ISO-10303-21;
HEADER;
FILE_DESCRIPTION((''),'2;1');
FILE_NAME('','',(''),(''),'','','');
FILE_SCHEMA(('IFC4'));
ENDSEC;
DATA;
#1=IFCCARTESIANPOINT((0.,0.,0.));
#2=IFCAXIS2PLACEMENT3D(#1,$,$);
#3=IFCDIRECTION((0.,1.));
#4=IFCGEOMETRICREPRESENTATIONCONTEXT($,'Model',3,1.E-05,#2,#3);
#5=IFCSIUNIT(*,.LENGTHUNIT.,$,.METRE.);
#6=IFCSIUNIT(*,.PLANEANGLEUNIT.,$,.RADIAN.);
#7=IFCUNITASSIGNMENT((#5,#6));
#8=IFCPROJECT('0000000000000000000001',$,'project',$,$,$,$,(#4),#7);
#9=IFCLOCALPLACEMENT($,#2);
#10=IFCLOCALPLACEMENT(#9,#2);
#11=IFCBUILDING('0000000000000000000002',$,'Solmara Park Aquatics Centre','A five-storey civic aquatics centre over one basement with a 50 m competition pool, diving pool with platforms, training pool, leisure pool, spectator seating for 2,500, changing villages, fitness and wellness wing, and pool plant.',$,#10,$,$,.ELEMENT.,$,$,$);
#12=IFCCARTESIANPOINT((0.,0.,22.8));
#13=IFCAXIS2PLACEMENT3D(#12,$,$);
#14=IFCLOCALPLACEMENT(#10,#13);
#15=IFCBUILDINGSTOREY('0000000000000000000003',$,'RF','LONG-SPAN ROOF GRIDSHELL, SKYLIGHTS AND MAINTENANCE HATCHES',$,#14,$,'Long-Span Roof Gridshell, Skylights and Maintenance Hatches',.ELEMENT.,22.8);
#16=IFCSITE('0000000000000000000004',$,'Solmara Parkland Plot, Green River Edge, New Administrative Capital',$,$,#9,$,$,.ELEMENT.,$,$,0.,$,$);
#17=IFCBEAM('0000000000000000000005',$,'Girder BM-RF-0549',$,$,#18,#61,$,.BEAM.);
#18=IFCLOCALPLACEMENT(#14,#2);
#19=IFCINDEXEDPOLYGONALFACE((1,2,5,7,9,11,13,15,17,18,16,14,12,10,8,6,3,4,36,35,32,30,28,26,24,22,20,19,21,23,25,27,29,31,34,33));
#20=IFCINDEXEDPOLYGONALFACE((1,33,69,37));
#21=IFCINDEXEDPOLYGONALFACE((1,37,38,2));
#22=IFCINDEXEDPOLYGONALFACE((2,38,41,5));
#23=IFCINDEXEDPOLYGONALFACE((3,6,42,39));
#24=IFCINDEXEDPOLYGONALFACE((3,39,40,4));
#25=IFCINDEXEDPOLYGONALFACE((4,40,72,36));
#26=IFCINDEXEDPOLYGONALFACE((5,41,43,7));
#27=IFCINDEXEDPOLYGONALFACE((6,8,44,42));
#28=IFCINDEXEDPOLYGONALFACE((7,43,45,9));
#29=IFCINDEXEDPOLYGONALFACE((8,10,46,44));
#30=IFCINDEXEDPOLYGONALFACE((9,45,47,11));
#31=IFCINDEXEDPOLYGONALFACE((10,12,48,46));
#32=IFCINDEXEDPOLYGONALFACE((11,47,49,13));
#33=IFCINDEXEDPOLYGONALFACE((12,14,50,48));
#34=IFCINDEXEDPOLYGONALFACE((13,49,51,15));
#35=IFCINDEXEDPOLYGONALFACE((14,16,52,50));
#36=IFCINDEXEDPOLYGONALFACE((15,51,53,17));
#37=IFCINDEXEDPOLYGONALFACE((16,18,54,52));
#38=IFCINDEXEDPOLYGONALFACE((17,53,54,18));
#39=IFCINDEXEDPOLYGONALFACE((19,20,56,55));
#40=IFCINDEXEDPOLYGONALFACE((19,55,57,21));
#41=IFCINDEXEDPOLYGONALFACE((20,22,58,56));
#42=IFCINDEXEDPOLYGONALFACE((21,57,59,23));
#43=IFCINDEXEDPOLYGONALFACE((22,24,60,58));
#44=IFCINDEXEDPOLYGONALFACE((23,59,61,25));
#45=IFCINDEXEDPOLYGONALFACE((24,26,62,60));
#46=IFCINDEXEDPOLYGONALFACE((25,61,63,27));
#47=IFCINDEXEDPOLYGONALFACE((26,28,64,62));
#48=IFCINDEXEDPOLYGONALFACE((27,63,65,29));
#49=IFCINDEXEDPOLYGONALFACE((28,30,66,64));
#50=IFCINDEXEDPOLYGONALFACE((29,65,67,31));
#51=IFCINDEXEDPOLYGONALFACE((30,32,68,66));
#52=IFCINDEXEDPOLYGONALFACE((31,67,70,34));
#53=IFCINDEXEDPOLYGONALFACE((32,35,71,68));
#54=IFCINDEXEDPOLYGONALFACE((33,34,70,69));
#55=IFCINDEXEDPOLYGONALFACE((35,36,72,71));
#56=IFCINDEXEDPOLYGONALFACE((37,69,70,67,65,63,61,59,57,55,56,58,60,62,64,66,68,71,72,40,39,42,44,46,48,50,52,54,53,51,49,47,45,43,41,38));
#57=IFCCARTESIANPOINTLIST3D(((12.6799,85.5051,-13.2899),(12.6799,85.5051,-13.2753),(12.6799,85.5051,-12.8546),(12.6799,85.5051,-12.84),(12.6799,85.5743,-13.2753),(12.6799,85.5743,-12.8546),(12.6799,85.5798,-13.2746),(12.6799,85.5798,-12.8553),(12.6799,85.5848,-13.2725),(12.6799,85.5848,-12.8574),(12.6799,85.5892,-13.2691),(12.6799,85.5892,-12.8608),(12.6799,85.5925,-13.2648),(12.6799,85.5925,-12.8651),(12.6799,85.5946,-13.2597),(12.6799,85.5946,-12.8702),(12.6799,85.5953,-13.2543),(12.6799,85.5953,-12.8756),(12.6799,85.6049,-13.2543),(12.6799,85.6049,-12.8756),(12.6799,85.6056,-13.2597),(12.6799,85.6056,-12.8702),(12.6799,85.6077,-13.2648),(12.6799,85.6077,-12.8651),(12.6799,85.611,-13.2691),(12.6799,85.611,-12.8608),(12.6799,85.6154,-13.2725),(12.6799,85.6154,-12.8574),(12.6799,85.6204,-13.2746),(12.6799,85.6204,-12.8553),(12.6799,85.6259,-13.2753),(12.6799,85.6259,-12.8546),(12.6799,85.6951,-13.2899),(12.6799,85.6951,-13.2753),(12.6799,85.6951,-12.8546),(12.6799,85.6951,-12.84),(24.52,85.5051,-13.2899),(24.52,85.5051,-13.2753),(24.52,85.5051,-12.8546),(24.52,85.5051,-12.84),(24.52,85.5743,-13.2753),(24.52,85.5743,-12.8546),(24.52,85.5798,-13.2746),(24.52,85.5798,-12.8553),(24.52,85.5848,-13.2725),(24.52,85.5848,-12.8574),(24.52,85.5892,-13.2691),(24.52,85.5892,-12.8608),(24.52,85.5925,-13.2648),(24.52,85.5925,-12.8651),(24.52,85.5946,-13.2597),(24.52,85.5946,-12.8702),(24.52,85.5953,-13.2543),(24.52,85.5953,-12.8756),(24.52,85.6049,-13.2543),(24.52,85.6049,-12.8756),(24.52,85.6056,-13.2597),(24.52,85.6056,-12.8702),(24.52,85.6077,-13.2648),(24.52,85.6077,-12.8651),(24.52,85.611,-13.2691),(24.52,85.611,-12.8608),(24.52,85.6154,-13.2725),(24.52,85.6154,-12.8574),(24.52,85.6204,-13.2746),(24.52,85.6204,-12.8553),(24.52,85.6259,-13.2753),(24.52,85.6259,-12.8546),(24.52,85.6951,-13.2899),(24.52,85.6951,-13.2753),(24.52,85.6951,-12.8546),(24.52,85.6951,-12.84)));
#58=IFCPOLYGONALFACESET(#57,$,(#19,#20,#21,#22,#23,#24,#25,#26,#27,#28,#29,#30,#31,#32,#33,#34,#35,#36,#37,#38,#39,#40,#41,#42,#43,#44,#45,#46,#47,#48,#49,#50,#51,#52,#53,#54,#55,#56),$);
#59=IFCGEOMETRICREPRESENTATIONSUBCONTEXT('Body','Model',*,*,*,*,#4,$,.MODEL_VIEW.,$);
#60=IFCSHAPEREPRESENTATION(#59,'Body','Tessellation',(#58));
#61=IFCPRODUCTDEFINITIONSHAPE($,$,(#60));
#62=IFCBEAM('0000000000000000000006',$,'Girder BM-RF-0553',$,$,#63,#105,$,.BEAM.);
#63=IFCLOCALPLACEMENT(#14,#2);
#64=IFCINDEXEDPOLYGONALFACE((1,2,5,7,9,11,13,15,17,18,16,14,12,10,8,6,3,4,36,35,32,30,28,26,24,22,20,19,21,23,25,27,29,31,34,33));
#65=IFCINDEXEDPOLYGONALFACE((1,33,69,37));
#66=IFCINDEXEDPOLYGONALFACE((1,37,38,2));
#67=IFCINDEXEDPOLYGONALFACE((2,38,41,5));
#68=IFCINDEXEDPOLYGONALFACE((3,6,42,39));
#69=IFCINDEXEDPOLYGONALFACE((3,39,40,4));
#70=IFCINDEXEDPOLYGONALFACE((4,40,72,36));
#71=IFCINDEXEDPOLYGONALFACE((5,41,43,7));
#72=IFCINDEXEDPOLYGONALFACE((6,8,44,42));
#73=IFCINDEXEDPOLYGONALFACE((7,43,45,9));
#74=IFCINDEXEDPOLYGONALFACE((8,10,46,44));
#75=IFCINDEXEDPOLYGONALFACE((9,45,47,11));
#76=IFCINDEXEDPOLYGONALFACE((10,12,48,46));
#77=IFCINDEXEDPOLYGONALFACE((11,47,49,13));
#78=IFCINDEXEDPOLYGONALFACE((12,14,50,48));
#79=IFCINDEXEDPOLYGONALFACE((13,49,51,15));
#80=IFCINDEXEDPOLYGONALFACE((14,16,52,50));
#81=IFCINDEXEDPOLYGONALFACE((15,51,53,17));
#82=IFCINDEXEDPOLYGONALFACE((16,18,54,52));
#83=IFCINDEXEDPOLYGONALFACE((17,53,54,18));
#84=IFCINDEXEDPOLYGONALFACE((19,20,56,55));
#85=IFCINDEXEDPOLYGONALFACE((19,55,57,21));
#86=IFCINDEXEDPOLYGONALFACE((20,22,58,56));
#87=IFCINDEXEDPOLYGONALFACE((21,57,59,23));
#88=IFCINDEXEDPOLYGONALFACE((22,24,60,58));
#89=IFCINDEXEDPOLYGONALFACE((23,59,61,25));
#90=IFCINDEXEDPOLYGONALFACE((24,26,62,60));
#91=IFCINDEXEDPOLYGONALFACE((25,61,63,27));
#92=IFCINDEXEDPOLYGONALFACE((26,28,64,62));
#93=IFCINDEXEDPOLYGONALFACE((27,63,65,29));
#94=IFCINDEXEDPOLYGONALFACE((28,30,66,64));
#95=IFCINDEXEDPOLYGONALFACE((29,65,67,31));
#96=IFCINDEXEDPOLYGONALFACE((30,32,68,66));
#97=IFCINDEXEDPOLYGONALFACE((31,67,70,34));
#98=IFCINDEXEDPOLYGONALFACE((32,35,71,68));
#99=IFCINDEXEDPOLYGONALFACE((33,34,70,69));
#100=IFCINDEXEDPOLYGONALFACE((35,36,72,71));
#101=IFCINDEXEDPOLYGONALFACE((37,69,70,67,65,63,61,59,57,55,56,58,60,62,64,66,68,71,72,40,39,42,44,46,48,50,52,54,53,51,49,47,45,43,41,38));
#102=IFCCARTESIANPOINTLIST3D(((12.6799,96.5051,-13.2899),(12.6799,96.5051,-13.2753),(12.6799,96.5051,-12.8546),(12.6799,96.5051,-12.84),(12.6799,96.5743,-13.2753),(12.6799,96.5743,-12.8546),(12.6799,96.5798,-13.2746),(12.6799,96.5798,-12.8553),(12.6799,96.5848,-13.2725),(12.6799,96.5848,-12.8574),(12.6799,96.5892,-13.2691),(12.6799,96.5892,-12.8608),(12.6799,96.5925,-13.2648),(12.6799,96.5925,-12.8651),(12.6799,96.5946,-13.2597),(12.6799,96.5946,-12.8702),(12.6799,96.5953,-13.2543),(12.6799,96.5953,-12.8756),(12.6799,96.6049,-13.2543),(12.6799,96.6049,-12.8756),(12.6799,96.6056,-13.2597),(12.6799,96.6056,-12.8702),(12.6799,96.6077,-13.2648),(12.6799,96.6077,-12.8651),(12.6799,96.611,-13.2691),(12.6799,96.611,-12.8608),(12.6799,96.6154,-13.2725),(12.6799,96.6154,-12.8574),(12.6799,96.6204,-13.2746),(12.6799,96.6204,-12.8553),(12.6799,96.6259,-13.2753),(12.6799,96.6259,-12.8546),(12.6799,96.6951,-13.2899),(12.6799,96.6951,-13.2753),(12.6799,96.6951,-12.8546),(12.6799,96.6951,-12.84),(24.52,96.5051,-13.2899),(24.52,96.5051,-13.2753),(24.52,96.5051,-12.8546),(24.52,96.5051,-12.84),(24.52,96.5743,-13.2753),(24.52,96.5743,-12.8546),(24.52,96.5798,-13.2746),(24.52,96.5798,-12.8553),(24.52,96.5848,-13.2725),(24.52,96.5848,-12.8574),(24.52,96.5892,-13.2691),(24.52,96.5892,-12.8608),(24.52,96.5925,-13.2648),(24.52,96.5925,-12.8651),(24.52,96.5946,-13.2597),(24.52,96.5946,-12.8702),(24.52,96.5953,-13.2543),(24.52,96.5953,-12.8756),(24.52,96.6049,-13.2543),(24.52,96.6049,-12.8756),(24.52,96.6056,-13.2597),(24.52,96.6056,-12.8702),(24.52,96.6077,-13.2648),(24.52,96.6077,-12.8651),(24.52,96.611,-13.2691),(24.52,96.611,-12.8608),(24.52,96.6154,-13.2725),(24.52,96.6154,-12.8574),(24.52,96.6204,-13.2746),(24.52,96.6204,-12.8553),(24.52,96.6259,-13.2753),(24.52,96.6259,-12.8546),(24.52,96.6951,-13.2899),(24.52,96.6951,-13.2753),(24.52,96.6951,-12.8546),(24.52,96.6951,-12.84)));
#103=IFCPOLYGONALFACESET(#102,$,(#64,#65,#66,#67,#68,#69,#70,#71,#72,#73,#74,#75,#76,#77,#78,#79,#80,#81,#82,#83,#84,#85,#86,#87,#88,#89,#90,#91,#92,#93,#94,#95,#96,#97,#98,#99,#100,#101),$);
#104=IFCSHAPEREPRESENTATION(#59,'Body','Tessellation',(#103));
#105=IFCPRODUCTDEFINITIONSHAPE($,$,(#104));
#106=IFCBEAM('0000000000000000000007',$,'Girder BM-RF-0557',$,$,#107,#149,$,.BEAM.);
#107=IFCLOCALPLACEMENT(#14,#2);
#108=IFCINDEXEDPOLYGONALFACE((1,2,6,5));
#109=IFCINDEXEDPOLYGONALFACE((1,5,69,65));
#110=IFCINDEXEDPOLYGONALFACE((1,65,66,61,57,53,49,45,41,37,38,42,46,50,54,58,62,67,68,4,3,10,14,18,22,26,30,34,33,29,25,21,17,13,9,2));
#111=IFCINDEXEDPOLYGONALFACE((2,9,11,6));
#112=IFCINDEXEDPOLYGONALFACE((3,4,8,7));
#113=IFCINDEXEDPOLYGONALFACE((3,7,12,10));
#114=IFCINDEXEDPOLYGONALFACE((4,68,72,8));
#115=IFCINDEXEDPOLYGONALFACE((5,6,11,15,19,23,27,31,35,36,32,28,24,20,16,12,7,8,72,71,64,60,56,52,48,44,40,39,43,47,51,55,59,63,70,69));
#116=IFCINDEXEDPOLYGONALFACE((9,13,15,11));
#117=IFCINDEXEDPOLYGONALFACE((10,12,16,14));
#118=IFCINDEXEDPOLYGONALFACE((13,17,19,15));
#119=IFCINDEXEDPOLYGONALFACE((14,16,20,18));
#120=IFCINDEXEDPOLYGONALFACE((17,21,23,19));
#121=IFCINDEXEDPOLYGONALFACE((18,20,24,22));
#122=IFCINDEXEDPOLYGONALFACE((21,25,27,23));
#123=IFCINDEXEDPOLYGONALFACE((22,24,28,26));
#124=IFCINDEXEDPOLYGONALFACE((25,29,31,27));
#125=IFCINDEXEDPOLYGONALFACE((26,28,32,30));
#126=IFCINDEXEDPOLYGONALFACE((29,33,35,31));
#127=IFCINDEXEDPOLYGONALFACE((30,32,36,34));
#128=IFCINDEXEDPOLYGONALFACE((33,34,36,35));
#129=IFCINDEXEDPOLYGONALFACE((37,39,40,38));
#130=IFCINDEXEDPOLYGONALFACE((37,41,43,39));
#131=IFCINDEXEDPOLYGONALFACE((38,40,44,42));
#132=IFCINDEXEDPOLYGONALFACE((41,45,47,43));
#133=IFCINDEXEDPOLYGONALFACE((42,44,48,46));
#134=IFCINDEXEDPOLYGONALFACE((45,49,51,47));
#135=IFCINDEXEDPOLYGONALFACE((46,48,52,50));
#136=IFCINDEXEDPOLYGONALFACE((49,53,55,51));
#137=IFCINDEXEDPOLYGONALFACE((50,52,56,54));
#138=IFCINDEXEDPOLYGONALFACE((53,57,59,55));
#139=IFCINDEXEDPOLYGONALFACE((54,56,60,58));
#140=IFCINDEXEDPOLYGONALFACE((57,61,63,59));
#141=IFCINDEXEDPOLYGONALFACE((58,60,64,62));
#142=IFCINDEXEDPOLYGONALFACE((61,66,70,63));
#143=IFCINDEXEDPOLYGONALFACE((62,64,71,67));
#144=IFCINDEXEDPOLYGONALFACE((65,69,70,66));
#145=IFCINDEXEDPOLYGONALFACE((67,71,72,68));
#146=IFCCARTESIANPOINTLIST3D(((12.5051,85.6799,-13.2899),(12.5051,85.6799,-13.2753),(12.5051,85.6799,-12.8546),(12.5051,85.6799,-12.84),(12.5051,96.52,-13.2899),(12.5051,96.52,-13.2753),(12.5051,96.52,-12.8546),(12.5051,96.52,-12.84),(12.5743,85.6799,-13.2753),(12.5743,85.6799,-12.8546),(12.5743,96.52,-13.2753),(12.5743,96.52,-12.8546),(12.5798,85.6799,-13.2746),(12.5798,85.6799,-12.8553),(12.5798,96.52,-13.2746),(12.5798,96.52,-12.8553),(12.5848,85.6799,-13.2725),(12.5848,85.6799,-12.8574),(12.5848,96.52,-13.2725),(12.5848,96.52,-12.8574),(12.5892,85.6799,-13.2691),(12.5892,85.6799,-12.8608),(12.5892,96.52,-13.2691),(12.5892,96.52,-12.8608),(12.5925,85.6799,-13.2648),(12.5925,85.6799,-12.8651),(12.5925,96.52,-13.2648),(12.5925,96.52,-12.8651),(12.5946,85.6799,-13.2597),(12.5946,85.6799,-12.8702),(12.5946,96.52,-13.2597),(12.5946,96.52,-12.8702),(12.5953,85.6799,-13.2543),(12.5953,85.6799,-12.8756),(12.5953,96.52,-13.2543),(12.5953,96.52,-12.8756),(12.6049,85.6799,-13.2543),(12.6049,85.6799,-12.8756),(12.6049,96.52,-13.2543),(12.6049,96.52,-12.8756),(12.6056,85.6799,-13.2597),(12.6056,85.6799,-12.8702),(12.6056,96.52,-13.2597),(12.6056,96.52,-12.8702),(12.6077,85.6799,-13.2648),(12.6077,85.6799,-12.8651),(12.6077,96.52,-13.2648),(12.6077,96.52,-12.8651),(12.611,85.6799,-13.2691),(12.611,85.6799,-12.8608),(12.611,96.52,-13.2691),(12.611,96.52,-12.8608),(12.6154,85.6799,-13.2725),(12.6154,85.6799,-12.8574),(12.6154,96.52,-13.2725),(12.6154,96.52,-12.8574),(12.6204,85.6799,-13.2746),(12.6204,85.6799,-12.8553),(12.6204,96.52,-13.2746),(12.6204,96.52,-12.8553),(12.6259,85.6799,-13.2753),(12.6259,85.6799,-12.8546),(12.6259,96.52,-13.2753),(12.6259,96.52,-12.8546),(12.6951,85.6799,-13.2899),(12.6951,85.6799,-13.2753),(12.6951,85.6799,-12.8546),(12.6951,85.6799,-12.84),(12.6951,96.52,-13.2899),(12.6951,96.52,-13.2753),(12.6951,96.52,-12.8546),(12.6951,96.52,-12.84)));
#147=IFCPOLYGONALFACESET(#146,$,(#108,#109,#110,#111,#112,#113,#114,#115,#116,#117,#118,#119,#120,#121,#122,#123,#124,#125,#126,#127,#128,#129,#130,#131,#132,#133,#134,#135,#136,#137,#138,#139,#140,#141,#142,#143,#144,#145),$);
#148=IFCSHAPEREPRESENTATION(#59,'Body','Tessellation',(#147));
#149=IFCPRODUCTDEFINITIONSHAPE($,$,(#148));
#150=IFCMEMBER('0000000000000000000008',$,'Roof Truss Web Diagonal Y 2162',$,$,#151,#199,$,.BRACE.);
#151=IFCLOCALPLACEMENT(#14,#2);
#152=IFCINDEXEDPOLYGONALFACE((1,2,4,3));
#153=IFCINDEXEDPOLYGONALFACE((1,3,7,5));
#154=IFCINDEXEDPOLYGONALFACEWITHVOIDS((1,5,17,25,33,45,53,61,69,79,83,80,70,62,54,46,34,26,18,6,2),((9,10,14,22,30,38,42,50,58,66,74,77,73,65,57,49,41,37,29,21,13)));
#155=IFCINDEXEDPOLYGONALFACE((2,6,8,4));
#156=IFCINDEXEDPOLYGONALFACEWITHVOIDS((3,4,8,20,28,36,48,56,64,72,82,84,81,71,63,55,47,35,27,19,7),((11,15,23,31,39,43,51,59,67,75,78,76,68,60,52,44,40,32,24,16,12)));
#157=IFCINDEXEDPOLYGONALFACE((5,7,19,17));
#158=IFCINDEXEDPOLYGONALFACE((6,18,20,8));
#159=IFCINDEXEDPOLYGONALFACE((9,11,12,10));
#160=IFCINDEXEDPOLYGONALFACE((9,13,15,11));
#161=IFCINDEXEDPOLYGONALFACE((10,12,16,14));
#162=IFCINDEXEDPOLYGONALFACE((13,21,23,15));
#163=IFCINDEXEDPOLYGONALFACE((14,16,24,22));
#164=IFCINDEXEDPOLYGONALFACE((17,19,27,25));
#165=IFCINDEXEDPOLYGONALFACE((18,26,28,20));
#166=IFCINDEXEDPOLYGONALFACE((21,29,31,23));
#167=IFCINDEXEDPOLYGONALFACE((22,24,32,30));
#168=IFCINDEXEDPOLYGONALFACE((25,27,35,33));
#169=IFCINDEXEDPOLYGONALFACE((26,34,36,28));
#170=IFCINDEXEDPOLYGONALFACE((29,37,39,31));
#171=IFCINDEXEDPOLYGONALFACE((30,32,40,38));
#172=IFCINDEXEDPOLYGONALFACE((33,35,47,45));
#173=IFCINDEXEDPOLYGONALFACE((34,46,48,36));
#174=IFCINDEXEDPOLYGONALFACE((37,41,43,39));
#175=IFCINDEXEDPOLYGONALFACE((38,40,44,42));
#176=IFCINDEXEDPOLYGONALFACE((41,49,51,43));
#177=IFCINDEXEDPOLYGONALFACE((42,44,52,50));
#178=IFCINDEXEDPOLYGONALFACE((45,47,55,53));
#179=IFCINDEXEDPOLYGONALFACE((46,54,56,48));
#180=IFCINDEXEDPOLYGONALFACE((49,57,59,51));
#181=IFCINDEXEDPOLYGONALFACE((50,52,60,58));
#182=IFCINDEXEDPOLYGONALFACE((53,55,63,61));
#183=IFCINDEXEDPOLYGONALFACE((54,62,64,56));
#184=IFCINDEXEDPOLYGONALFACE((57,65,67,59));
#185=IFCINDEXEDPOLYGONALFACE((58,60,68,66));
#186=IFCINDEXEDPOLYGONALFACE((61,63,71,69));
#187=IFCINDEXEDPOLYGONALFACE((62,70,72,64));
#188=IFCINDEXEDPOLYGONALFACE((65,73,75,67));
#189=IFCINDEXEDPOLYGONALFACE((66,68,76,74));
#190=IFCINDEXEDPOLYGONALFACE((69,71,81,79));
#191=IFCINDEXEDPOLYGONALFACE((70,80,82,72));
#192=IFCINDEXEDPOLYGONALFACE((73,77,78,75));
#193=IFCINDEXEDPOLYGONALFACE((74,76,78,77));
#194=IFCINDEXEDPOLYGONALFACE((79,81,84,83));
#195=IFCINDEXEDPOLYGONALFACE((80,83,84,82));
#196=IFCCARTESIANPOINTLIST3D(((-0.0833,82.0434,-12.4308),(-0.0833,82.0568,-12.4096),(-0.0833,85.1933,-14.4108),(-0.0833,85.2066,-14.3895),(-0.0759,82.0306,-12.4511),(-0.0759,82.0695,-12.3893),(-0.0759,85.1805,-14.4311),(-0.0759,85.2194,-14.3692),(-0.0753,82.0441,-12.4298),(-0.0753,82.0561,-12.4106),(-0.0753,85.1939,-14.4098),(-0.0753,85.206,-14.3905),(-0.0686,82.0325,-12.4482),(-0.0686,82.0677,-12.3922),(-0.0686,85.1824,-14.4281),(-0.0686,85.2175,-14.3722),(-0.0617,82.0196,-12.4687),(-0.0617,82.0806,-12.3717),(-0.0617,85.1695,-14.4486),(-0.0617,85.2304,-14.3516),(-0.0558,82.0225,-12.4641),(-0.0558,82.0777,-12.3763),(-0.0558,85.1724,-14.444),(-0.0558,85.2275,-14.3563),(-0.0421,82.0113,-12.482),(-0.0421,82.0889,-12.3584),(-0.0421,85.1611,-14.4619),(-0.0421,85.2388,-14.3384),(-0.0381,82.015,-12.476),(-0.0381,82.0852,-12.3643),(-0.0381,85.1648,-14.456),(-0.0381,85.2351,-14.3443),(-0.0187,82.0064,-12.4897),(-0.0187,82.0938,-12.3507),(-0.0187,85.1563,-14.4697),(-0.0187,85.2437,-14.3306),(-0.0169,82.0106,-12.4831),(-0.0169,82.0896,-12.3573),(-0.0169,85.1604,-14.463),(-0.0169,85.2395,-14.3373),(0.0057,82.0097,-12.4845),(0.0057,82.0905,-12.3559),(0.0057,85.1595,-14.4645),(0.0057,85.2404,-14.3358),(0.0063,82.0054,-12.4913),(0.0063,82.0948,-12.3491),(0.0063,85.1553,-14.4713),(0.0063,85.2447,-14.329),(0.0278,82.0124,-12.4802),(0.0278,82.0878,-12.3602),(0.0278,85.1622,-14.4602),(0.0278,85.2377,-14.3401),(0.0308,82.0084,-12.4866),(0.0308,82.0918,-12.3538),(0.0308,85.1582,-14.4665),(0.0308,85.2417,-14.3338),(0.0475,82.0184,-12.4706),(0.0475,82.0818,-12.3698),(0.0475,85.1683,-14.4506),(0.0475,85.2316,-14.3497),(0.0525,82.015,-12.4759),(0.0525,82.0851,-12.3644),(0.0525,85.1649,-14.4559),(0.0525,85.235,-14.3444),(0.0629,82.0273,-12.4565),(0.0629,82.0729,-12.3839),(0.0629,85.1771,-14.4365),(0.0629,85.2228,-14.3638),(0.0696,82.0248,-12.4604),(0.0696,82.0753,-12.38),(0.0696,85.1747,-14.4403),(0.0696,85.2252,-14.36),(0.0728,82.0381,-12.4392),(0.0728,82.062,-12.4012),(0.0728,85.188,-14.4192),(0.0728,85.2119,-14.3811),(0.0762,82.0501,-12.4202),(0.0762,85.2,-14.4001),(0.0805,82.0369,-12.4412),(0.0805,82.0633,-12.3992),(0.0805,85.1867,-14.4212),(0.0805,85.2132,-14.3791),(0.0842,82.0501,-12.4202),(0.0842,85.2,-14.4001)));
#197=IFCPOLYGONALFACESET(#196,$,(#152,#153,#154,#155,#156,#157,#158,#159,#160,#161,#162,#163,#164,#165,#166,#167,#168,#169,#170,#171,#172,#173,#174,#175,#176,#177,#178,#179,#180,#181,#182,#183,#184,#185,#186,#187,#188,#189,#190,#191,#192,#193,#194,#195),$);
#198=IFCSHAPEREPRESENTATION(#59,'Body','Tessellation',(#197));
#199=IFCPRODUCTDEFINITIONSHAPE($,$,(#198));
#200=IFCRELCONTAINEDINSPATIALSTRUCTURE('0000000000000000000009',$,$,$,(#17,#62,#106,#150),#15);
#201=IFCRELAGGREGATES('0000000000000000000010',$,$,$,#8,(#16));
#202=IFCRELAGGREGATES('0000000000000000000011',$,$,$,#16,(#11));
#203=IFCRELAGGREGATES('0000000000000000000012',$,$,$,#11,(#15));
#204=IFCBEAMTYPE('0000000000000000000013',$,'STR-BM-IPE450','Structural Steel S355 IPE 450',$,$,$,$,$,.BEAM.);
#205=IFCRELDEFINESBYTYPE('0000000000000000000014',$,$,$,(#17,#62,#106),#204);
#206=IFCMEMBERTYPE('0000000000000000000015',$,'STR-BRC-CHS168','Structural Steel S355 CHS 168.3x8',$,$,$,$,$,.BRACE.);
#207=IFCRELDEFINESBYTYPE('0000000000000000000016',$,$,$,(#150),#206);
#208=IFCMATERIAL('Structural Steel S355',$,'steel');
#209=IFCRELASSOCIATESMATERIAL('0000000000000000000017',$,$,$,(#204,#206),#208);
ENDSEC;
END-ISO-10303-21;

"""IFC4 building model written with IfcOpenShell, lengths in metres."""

from ifc_helpers import new_model, si_unit, direction, frame, origin, origin_2d, place, context, subcontext, project, spatial, hollow_circle, i_section, extrude, material, material_profile, profile_set, type_object, element, save


model = new_model("IFC4")

# Units and contexts
model_context = context("Model", 3, precision=1e-05, world=origin(), true_north=direction((0.0, 1.0)))
body_context = subcontext(model_context, "Body", "Model", "MODEL_VIEW")
ifc_project = project(units=[si_unit("LENGTHUNIT", "METRE"), si_unit("PLANEANGLEUNIT", "RADIAN")], contexts=[model_context])

# Site, building, storey
site_placement = place(None, origin())
site = spatial("IfcSite", under=ifc_project, at=site_placement, Name="Solmara Parkland Plot, Green River Edge, New Administrative Capital", CompositionType="ELEMENT", RefElevation=0.0)
building_placement = place(site_placement, origin())
building = spatial("IfcBuilding", under=site, at=building_placement, Name="Solmara Park Aquatics Centre", Description="A five-storey civic aquatics centre over one basement with a 50 m competition pool, diving pool with platforms, training pool, leisure pool, spectator seating for 2,500, changing villages, fitness and wellness wing, and pool plant.", CompositionType="ELEMENT")
storey_placement = place(building_placement, frame((0.0, 0.0, 22.8)))
storey = spatial("IfcBuildingStorey", under=building, at=storey_placement, Name="RF", Description="LONG-SPAN ROOF GRIDSHELL, SKYLIGHTS AND MAINTENANCE HATCHES", LongName="Long-Span Roof Gridshell, Skylights and Maintenance Hatches", CompositionType="ELEMENT", Elevation=22.8)

# Beams
ifc_material_1 = material(Name="Structural Steel S355", Category="steel")
ifc_material_profile_1 = material_profile(ifc_material_1, i_section(OverallWidth=0.1899, OverallDepth=0.45, WebThickness=0.0095, FlangeThickness=0.0146, FilletRadius=0.021, at=origin_2d()), Name="IPE 450")
ifc_profile_set_1 = profile_set([ifc_material_profile_1], Name="Structural Steel S355")
beam_type = type_object("IfcBeamType", Name="STR-BM-IPE450", Description="Structural Steel S355 IPE 450", PredefinedType="BEAM", material=ifc_profile_set_1)
for number, where, z_axis, x_axis, name in (
    (1, (12.6799, 85.6001, -13.0649), (1.0, 0.0, 0.0), (0.0, 1.0, 0.0), "Girder BM-RF-0549"),
    (2, (12.6799, 96.6001, -13.0649), (1.0, 0.0, 0.0), (0.0, 1.0, 0.0), "Girder BM-RF-0553"),
):
    element("IfcBeam", number, at=place(storey_placement, frame(where, z_axis=z_axis, x_axis=x_axis)), inside=storey, type_object=beam_type, Name=name, PredefinedType="BEAM", context=body_context, shape_type="SweptSolid", body=[
        extrude(i_section(OverallWidth=0.1899, OverallDepth=0.45, WebThickness=0.0095, FlangeThickness=0.0146, FilletRadius=0.021, at=origin_2d()), origin(), (0.0, 0.0, 1.0), 11.8401),
    ])
beam_placement = place(storey_placement, frame((12.6001, 85.6799, -13.0649), z_axis=(0.0, 1.0, 0.0), x_axis=(-1.0, 0.0, 0.0)))
element("IfcBeam", 3, at=beam_placement, inside=storey, type_object=beam_type, Name="Girder BM-RF-0557", PredefinedType="BEAM", context=body_context, shape_type="SweptSolid", body=[
    extrude(i_section(OverallWidth=0.1899, OverallDepth=0.45, WebThickness=0.0095, FlangeThickness=0.0146, FilletRadius=0.021, at=origin_2d()), origin(), (0.0, 0.0, 1.0), 10.8401),
])

# Member
ifc_material_profile_2 = material_profile(ifc_material_1, hollow_circle(Radius=0.0842, WallThickness=0.0081, at=origin_2d()), Name="CHS 168.3x8")
ifc_profile_set_2 = profile_set([ifc_material_profile_2], Name="Structural Steel S355")
member_type_1 = type_object("IfcMemberType", Name="STR-BRC-CHS168", Description="Structural Steel S355 CHS 168.3x8", PredefinedType="BRACE", material=ifc_profile_set_2)
member_1_placement = place(storey_placement, frame((0.0, 85.2, -14.4001), z_axis=(0.0, -0.846631, 0.53218), x_axis=(1.0, 0.0, 0.0)))
element("IfcMember", 4, at=member_1_placement, inside=storey, type_object=member_type_1, Name="Roof Truss Web Diagonal Y 2162", PredefinedType="BRACE", context=body_context, shape_type="SweptSolid", body=[
    extrude(hollow_circle(Radius=0.0842, WallThickness=0.0081, at=origin_2d()), origin(), (0.0, 0.0, 1.0), 3.7205),
])

save(model, "model.ifc")
